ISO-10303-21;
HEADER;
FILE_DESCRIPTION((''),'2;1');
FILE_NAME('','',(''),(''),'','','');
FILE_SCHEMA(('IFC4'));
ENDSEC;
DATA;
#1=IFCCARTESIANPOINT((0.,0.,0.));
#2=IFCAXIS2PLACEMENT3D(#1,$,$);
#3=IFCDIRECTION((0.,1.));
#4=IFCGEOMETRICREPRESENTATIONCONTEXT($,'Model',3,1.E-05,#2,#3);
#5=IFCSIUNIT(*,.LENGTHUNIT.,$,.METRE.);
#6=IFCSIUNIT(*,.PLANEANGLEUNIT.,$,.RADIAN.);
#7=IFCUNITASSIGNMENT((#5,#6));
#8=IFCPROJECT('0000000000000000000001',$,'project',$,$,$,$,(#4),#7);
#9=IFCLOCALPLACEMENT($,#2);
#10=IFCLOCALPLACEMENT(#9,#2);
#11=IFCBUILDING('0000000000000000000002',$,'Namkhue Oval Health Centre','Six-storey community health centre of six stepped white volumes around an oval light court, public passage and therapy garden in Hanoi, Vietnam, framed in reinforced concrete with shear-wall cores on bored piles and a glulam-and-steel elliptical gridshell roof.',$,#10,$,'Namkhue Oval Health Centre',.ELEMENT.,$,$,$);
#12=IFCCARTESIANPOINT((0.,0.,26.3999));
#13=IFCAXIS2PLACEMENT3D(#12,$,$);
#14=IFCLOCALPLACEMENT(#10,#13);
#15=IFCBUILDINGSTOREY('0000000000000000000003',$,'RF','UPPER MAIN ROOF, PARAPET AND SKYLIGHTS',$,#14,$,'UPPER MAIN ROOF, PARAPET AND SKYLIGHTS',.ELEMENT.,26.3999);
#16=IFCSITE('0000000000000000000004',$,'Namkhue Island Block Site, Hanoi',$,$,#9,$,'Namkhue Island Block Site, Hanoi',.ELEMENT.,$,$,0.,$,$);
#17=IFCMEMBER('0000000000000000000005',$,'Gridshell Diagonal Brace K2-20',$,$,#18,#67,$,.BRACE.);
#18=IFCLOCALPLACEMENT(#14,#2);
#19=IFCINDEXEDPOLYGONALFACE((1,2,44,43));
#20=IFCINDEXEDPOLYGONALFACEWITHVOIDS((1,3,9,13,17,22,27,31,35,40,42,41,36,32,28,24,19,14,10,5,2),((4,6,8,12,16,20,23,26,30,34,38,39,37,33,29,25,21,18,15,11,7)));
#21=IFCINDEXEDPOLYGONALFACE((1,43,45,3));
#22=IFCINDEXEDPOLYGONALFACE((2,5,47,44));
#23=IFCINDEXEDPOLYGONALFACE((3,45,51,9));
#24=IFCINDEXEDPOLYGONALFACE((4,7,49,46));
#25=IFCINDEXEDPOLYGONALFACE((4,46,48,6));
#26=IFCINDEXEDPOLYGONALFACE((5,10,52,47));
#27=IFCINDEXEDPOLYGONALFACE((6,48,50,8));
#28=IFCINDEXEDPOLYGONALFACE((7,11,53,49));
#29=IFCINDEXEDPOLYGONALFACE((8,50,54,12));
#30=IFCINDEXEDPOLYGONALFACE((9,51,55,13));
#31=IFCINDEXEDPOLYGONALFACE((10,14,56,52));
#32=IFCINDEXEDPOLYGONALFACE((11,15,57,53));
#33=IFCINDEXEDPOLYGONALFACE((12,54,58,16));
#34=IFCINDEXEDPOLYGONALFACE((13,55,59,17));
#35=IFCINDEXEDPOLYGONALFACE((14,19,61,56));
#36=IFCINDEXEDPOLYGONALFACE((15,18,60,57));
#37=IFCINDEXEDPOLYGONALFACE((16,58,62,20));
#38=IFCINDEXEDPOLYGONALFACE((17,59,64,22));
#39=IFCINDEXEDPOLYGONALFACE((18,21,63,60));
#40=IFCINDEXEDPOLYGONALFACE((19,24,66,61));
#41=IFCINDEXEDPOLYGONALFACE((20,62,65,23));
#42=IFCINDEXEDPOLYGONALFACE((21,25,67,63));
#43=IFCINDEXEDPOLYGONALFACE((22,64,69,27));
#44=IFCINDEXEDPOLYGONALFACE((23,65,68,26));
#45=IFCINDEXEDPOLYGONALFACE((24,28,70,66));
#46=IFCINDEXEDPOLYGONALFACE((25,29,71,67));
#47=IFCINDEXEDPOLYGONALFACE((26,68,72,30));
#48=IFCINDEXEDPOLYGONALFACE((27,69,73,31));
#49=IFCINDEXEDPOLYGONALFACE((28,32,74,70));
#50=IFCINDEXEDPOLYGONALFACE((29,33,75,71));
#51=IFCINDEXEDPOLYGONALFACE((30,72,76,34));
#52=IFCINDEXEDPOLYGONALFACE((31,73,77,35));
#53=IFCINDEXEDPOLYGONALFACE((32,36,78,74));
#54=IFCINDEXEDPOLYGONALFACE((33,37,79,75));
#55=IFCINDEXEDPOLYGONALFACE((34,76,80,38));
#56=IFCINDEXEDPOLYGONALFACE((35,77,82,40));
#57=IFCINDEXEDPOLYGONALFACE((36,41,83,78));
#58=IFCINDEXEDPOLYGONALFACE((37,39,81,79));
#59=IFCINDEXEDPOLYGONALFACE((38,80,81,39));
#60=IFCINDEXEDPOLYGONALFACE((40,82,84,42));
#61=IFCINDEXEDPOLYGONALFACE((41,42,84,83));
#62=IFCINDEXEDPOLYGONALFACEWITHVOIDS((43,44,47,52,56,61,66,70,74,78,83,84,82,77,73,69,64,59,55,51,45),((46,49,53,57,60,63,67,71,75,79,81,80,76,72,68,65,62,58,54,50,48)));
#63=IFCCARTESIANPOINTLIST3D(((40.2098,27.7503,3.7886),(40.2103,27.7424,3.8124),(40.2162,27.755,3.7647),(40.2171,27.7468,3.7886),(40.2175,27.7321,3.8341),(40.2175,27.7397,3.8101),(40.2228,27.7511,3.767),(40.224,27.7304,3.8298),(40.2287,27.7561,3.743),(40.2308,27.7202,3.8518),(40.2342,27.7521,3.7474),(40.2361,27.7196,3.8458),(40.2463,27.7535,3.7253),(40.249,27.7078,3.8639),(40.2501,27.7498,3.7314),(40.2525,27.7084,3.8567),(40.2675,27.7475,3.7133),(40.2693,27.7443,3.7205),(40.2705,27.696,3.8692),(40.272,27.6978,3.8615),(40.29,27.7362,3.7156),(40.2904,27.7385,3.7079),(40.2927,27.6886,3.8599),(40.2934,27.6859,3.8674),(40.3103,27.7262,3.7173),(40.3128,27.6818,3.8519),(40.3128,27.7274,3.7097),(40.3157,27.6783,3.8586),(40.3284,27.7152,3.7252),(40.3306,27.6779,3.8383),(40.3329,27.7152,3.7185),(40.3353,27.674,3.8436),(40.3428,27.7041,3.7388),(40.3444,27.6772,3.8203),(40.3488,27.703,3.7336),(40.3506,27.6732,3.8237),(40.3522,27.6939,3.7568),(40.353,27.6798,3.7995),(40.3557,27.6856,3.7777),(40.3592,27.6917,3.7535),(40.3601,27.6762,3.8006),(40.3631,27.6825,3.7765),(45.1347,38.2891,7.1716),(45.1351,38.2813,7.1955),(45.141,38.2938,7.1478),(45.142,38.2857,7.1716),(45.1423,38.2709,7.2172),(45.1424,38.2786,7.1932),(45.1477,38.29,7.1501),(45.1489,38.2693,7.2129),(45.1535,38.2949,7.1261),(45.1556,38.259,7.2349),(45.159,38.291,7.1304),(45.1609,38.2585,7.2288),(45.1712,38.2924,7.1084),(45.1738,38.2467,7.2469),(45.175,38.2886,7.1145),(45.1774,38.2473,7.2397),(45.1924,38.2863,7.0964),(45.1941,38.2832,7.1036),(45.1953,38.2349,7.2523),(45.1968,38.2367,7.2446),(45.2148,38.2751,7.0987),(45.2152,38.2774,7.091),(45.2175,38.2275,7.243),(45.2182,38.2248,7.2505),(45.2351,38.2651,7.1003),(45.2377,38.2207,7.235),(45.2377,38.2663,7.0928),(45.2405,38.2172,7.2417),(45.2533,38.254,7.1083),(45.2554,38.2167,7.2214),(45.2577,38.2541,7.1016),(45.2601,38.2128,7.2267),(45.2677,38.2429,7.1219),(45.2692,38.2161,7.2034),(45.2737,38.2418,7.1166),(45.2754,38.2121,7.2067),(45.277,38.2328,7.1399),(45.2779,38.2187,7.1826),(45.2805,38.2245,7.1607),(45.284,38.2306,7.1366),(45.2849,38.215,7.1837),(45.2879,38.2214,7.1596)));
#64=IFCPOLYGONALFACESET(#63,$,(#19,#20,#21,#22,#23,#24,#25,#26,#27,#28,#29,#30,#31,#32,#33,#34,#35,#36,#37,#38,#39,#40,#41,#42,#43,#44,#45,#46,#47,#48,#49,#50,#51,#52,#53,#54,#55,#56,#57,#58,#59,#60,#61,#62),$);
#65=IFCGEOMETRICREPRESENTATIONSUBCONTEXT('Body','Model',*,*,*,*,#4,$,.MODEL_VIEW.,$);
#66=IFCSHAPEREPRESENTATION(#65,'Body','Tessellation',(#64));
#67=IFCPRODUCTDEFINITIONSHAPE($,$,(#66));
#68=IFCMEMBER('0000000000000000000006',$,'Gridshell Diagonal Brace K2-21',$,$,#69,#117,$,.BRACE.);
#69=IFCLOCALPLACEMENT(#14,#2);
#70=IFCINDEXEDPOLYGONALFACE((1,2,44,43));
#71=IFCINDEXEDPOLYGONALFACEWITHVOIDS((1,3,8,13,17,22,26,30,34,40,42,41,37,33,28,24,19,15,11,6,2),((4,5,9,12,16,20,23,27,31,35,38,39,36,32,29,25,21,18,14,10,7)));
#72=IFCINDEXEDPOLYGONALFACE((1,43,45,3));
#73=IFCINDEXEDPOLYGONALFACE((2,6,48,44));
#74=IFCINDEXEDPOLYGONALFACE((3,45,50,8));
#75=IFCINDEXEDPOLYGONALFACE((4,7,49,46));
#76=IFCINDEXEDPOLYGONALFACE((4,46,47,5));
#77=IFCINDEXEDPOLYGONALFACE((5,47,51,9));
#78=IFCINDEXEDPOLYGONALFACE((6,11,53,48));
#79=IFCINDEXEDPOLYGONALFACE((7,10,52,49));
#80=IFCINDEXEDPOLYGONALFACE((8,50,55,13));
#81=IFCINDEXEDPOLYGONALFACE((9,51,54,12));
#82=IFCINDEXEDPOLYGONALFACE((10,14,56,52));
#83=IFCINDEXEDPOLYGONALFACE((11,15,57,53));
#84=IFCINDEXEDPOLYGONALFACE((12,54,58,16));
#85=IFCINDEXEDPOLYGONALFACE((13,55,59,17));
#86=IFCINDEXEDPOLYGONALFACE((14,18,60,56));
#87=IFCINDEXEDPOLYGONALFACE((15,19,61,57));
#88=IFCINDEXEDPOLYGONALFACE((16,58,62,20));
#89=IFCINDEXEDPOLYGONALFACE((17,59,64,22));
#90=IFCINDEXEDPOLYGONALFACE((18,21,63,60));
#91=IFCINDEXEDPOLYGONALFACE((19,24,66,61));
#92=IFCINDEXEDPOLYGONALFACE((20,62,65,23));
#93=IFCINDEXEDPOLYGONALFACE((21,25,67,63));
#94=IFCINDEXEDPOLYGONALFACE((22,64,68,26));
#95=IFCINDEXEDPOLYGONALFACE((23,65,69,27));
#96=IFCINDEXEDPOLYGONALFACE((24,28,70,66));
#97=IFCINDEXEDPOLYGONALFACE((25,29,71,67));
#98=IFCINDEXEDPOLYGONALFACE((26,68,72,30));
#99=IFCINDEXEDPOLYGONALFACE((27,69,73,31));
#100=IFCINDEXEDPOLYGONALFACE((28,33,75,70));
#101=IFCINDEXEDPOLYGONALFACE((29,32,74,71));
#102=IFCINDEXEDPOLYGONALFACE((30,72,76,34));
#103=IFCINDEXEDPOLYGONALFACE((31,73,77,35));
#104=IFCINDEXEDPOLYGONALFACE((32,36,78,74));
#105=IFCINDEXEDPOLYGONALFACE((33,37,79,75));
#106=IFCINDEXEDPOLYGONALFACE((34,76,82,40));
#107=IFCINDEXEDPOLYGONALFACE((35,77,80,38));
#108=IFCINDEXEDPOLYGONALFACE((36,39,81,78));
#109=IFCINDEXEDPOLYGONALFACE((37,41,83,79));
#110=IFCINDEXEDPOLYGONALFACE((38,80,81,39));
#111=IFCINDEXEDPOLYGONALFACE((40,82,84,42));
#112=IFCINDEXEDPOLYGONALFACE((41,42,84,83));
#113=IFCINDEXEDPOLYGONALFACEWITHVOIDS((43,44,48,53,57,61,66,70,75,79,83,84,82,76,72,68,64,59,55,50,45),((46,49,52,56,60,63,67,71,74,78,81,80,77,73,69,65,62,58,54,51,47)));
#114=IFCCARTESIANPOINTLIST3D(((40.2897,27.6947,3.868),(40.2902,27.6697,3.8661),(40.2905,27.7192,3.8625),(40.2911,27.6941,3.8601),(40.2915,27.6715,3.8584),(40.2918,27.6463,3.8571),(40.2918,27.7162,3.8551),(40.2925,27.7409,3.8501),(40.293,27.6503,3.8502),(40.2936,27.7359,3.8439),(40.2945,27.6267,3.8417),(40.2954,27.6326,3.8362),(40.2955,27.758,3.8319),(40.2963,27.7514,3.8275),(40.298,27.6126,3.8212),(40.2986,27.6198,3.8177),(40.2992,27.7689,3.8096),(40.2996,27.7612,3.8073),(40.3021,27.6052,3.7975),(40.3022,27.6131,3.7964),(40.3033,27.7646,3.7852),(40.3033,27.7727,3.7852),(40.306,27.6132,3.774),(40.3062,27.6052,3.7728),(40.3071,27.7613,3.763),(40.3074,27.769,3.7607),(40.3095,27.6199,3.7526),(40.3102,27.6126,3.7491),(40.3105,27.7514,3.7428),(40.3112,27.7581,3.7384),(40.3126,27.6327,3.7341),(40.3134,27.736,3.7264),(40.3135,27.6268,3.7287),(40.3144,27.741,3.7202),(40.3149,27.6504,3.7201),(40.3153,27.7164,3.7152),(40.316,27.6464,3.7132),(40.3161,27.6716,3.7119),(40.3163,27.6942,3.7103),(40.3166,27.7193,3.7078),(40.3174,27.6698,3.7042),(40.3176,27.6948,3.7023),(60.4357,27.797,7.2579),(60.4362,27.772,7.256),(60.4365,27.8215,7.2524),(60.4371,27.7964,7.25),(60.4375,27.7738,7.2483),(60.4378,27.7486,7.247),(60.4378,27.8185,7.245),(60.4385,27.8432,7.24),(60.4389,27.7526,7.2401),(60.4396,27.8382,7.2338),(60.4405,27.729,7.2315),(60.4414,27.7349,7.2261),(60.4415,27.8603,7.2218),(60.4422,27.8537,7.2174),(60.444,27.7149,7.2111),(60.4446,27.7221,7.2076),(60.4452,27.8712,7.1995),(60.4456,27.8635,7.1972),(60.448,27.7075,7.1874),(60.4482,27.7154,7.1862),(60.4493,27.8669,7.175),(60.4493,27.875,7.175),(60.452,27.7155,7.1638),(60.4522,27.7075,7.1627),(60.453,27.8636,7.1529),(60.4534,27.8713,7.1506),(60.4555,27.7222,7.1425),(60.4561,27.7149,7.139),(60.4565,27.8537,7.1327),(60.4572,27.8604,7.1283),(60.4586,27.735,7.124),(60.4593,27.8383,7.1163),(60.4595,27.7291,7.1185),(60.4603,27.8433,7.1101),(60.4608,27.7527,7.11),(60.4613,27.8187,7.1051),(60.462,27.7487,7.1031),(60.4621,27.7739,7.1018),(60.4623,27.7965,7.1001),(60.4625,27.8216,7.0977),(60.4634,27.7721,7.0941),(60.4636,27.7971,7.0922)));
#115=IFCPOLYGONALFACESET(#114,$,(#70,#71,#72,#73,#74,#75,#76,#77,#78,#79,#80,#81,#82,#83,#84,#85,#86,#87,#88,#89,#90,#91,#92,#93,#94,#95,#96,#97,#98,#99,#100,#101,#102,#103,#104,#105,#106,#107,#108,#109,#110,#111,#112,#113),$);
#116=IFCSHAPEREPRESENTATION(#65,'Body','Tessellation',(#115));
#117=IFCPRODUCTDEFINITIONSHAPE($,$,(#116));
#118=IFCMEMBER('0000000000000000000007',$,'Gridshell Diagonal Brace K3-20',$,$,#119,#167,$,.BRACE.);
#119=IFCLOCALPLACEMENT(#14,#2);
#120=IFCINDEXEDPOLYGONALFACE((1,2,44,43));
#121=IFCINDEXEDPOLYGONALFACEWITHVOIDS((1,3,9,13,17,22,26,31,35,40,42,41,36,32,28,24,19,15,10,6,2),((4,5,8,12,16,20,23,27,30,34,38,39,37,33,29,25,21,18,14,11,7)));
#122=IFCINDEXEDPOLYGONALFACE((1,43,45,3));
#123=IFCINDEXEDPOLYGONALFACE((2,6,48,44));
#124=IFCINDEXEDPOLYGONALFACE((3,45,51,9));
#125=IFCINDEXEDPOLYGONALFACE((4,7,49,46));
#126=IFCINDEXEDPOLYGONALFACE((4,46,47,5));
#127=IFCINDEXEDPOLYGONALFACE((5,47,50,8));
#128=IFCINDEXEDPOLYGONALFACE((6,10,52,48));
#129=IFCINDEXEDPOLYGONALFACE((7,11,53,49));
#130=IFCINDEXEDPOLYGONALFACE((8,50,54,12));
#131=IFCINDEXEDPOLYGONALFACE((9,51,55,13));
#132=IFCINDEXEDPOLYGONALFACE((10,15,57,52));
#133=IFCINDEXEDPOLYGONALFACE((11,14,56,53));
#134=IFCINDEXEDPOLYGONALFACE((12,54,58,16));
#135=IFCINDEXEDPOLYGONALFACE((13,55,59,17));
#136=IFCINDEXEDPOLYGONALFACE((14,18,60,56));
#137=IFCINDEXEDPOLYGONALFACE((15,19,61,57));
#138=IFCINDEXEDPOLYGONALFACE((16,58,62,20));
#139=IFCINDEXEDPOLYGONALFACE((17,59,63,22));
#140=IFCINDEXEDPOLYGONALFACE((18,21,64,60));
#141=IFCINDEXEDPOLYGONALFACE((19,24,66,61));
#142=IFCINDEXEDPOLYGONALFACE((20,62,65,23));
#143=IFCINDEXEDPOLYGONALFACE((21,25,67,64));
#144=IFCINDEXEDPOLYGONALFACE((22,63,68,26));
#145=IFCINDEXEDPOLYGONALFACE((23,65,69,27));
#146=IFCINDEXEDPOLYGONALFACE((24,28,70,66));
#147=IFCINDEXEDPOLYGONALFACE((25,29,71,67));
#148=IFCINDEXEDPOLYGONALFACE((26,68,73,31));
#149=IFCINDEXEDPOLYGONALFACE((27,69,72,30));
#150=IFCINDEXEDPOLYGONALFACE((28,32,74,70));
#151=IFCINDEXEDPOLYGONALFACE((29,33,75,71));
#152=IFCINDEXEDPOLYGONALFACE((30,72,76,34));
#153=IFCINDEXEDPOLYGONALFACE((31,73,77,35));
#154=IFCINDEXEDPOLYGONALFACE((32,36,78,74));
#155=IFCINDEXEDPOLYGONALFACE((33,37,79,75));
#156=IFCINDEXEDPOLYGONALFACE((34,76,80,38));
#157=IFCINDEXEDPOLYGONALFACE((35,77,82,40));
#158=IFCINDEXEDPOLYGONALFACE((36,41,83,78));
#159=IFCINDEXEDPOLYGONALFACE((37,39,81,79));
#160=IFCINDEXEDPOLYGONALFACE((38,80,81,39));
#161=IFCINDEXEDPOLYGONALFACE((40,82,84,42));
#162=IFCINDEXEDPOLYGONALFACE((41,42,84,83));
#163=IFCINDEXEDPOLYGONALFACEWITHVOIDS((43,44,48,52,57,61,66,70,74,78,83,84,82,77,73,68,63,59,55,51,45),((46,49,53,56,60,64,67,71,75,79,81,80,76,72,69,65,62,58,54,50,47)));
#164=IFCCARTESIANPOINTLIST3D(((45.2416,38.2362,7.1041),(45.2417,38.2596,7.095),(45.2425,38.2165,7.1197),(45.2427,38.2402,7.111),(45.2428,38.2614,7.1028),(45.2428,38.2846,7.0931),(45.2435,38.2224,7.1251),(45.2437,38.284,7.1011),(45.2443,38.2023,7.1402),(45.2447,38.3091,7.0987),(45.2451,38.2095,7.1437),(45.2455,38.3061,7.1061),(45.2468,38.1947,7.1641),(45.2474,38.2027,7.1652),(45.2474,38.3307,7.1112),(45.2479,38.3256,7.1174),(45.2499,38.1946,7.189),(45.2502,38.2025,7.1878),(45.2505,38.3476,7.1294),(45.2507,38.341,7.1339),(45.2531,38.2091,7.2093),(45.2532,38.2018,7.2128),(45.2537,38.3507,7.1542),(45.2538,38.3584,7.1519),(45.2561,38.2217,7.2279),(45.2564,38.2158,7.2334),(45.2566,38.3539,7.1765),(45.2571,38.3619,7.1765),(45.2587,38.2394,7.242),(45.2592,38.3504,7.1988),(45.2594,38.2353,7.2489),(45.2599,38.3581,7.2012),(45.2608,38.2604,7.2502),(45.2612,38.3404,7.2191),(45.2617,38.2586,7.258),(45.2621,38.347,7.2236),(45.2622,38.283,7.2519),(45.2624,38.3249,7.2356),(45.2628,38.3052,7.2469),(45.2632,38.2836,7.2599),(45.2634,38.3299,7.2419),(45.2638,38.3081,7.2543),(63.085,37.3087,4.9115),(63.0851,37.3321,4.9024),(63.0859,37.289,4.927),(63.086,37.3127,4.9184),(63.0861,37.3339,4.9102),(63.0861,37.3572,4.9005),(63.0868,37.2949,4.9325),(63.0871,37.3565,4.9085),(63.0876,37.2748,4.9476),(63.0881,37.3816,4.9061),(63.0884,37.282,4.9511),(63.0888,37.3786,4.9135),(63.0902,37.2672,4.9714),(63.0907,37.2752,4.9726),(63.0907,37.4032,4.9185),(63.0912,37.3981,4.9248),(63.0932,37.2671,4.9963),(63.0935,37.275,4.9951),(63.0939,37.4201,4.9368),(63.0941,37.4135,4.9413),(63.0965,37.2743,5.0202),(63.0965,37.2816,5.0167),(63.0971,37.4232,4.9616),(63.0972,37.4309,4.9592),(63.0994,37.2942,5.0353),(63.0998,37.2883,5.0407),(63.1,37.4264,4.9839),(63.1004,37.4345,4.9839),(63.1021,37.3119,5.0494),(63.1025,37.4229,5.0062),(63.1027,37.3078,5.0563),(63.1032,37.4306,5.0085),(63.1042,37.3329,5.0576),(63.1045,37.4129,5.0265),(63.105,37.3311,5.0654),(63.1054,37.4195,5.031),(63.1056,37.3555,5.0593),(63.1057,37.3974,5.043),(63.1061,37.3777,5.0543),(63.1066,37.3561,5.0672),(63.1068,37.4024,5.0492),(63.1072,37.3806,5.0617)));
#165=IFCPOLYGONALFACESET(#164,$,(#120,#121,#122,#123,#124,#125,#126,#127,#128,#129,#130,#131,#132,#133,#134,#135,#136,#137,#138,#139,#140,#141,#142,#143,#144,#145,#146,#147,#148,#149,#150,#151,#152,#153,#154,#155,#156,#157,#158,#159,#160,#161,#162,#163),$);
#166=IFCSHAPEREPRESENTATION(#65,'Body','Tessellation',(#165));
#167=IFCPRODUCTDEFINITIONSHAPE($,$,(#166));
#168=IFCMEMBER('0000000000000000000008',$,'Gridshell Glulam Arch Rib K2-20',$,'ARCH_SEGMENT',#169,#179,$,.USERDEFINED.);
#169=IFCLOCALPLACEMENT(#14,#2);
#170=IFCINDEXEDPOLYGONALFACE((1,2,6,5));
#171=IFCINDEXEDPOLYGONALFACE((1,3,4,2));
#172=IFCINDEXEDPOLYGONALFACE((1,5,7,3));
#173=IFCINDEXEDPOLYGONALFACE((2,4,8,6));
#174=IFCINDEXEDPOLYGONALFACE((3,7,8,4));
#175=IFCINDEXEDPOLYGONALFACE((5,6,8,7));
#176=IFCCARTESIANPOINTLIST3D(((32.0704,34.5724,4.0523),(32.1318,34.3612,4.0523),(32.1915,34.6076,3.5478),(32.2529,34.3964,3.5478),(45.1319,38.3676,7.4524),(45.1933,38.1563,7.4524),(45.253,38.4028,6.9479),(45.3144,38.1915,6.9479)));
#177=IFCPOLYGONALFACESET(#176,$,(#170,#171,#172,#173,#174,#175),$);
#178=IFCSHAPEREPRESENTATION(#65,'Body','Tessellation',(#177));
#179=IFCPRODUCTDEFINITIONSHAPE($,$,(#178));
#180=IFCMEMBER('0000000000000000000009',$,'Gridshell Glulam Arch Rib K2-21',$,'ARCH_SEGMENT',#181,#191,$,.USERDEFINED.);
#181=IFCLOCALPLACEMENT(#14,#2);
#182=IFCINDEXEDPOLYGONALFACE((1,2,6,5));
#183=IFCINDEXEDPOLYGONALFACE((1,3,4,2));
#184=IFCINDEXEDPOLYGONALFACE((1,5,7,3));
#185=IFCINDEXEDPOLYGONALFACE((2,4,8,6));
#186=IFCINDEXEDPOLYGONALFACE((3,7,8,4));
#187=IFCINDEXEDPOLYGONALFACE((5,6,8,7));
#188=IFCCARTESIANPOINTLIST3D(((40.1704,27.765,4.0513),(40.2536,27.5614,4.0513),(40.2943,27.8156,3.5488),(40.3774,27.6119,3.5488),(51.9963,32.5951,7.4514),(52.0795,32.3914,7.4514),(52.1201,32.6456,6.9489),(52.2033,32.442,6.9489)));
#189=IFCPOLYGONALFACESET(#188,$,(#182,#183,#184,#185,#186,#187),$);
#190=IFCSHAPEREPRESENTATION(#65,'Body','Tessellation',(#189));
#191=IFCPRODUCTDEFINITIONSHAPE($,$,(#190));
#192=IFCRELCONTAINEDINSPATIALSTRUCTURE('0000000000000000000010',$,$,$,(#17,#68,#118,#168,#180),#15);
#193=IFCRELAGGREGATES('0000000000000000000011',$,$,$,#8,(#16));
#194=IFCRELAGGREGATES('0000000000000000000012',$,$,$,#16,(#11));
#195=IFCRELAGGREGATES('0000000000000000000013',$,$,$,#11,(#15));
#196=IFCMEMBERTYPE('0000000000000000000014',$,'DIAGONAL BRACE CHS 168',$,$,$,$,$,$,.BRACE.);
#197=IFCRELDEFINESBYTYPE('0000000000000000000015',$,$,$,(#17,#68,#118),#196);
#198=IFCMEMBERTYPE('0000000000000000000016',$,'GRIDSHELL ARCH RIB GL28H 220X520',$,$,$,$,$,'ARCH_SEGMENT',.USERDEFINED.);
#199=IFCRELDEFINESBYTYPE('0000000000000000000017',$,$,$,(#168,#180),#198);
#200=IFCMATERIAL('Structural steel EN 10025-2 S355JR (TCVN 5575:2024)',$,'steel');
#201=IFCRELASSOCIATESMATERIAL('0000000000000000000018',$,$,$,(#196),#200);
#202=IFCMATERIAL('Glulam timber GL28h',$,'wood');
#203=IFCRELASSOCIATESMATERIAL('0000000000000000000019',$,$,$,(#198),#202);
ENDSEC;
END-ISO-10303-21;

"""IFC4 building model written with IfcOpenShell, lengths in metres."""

from ifc_helpers import new_model, si_unit, direction, frame, origin, origin_2d, place, context, subcontext, project, spatial, rectangle, hollow_circle, extrude, material, material_profile, profile_set, type_object, element, save


model = new_model("IFC4")

# Units and contexts
model_context = context("Model", 3, precision=1e-05, world=origin(), true_north=direction((0.0, 1.0)))
body_context = subcontext(model_context, "Body", "Model", "MODEL_VIEW")
ifc_project = project(units=[si_unit("LENGTHUNIT", "METRE"), si_unit("PLANEANGLEUNIT", "RADIAN")], contexts=[model_context])

# Site, building, storey
site_placement = place(None, origin())
site = spatial("IfcSite", under=ifc_project, at=site_placement, Name="Namkhue Island Block Site, Hanoi", LongName="Namkhue Island Block Site, Hanoi", CompositionType="ELEMENT", RefElevation=0.0)
building_placement = place(site_placement, origin())
building = spatial("IfcBuilding", under=site, at=building_placement, Name="Namkhue Oval Health Centre", Description="Six-storey community health centre of six stepped white volumes around an oval light court, public passage and therapy garden in Hanoi, Vietnam, framed in reinforced concrete with shear-wall cores on bored piles and a glulam-and-steel elliptical gridshell roof.", LongName="Namkhue Oval Health Centre", CompositionType="ELEMENT")
storey_placement = place(building_placement, frame((0.0, 0.0, 26.3999)))
storey = spatial("IfcBuildingStorey", under=building, at=storey_placement, Name="RF", Description="UPPER MAIN ROOF, PARAPET AND SKYLIGHTS", LongName="UPPER MAIN ROOF, PARAPET AND SKYLIGHTS", CompositionType="ELEMENT", Elevation=26.3999)

# Members
ifc_material_1 = material(Name="Structural steel EN 10025-2 S355JR (TCVN 5575:2024)", Category="steel")
ifc_material_profile_1 = material_profile(ifc_material_1, hollow_circle(Radius=0.0842, WallThickness=0.0081, at=origin_2d()), Name="CHS 168.3x8")
ifc_profile_set_1 = profile_set([ifc_material_profile_1], Name="Structural steel EN 10025-2 S355JR (TCVN 5575:2024)")
member_type_1 = type_object("IfcMemberType", Name="DIAGONAL BRACE CHS 168", PredefinedType="BRACE", material=ifc_profile_set_1)
member_1_placement = place(storey_placement, frame((40.2861, 27.7146, 3.7886), z_axis=(0.406515, 0.869921, 0.279253), x_axis=(-0.905963, 0.423358, 0.0)))
element("IfcMember", 1, at=member_1_placement, inside=storey, type_object=member_type_1, Name="Gridshell Diagonal Brace K2-20", PredefinedType="BRACE", context=body_context, shape_type="SweptSolid", body=[
    extrude(hollow_circle(Radius=0.0842, WallThickness=0.0081, at=origin_2d()), origin(), (0.0, 0.0, 1.0), 12.1147),
])
member_2_placement = place(storey_placement, frame((40.3037, 27.6885, 3.7852), z_axis=(0.986125, 0.005007, 0.165932), x_axis=(-0.005078, 0.999987, 0.0)))
element("IfcMember", 2, at=member_2_placement, inside=storey, type_object=member_type_1, Name="Gridshell Diagonal Brace K2-21", PredefinedType="BRACE", context=body_context, shape_type="SweptSolid", body=[
    extrude(hollow_circle(Radius=0.0842, WallThickness=0.0081, at=origin_2d()), origin(), (0.0, 0.0, 1.0), 20.4294),
])
member_3_placement = place(storey_placement, frame((45.2527, 38.2778, 7.1765), z_axis=(0.991216, -0.051523, -0.121803), x_axis=(0.05191, 0.998652, 0.0)))
element("IfcMember", 3, at=member_3_placement, inside=storey, type_object=member_type_1, Name="Gridshell Diagonal Brace K3-20", PredefinedType="BRACE", context=body_context, shape_type="SweptSolid", body=[
    extrude(hollow_circle(Radius=0.0842, WallThickness=0.0081, at=origin_2d()), origin(), (0.0, 0.0, 1.0), 18.0015),
])
ifc_material_2 = material(Name="Glulam timber GL28h", Category="wood")
ifc_material_profile_2 = material_profile(ifc_material_2, rectangle(XDim=0.22, YDim=0.52, at=origin_2d()), Name="GL28h 220x520")
ifc_profile_set_2 = profile_set([ifc_material_profile_2], Name="Glulam timber GL28h")
member_type_2 = type_object("IfcMemberType", Name="GRIDSHELL ARCH RIB GL28H 220X520", ElementType="ARCH_SEGMENT", PredefinedType="USERDEFINED", material=ifc_profile_set_2)
member_4_placement = place(storey_placement, frame((32.1616, 34.4844, 3.8), z_axis=(0.931618, 0.270692, 0.242517), x_axis=(-0.279021, 0.960285, 0.0)))
element("IfcMember", 4, at=member_4_placement, inside=storey, type_object=member_type_2, Name="Gridshell Glulam Arch Rib K2-20", ObjectType="ARCH_SEGMENT", PredefinedType="USERDEFINED", context=body_context, shape_type="SweptSolid", body=[
    extrude(rectangle(XDim=0.22, YDim=0.52, at=origin_2d()), origin(), (0.0, 0.0, 1.0), 14.0203),
])
member_5_placement = place(storey_placement, frame((40.2739, 27.6885, 3.8), z_axis=(0.894613, 0.365388, 0.257216), x_axis=(-0.37811, 0.925761, 0.0)))
element("IfcMember", 5, at=member_5_placement, inside=storey, type_object=member_type_2, Name="Gridshell Glulam Arch Rib K2-21", ObjectType="ARCH_SEGMENT", PredefinedType="USERDEFINED", context=body_context, shape_type="SweptSolid", body=[
    extrude(rectangle(XDim=0.22, YDim=0.52, at=origin_2d()), origin(), (0.0, 0.0, 1.0), 13.219),
])

save(model, "model.ifc")
